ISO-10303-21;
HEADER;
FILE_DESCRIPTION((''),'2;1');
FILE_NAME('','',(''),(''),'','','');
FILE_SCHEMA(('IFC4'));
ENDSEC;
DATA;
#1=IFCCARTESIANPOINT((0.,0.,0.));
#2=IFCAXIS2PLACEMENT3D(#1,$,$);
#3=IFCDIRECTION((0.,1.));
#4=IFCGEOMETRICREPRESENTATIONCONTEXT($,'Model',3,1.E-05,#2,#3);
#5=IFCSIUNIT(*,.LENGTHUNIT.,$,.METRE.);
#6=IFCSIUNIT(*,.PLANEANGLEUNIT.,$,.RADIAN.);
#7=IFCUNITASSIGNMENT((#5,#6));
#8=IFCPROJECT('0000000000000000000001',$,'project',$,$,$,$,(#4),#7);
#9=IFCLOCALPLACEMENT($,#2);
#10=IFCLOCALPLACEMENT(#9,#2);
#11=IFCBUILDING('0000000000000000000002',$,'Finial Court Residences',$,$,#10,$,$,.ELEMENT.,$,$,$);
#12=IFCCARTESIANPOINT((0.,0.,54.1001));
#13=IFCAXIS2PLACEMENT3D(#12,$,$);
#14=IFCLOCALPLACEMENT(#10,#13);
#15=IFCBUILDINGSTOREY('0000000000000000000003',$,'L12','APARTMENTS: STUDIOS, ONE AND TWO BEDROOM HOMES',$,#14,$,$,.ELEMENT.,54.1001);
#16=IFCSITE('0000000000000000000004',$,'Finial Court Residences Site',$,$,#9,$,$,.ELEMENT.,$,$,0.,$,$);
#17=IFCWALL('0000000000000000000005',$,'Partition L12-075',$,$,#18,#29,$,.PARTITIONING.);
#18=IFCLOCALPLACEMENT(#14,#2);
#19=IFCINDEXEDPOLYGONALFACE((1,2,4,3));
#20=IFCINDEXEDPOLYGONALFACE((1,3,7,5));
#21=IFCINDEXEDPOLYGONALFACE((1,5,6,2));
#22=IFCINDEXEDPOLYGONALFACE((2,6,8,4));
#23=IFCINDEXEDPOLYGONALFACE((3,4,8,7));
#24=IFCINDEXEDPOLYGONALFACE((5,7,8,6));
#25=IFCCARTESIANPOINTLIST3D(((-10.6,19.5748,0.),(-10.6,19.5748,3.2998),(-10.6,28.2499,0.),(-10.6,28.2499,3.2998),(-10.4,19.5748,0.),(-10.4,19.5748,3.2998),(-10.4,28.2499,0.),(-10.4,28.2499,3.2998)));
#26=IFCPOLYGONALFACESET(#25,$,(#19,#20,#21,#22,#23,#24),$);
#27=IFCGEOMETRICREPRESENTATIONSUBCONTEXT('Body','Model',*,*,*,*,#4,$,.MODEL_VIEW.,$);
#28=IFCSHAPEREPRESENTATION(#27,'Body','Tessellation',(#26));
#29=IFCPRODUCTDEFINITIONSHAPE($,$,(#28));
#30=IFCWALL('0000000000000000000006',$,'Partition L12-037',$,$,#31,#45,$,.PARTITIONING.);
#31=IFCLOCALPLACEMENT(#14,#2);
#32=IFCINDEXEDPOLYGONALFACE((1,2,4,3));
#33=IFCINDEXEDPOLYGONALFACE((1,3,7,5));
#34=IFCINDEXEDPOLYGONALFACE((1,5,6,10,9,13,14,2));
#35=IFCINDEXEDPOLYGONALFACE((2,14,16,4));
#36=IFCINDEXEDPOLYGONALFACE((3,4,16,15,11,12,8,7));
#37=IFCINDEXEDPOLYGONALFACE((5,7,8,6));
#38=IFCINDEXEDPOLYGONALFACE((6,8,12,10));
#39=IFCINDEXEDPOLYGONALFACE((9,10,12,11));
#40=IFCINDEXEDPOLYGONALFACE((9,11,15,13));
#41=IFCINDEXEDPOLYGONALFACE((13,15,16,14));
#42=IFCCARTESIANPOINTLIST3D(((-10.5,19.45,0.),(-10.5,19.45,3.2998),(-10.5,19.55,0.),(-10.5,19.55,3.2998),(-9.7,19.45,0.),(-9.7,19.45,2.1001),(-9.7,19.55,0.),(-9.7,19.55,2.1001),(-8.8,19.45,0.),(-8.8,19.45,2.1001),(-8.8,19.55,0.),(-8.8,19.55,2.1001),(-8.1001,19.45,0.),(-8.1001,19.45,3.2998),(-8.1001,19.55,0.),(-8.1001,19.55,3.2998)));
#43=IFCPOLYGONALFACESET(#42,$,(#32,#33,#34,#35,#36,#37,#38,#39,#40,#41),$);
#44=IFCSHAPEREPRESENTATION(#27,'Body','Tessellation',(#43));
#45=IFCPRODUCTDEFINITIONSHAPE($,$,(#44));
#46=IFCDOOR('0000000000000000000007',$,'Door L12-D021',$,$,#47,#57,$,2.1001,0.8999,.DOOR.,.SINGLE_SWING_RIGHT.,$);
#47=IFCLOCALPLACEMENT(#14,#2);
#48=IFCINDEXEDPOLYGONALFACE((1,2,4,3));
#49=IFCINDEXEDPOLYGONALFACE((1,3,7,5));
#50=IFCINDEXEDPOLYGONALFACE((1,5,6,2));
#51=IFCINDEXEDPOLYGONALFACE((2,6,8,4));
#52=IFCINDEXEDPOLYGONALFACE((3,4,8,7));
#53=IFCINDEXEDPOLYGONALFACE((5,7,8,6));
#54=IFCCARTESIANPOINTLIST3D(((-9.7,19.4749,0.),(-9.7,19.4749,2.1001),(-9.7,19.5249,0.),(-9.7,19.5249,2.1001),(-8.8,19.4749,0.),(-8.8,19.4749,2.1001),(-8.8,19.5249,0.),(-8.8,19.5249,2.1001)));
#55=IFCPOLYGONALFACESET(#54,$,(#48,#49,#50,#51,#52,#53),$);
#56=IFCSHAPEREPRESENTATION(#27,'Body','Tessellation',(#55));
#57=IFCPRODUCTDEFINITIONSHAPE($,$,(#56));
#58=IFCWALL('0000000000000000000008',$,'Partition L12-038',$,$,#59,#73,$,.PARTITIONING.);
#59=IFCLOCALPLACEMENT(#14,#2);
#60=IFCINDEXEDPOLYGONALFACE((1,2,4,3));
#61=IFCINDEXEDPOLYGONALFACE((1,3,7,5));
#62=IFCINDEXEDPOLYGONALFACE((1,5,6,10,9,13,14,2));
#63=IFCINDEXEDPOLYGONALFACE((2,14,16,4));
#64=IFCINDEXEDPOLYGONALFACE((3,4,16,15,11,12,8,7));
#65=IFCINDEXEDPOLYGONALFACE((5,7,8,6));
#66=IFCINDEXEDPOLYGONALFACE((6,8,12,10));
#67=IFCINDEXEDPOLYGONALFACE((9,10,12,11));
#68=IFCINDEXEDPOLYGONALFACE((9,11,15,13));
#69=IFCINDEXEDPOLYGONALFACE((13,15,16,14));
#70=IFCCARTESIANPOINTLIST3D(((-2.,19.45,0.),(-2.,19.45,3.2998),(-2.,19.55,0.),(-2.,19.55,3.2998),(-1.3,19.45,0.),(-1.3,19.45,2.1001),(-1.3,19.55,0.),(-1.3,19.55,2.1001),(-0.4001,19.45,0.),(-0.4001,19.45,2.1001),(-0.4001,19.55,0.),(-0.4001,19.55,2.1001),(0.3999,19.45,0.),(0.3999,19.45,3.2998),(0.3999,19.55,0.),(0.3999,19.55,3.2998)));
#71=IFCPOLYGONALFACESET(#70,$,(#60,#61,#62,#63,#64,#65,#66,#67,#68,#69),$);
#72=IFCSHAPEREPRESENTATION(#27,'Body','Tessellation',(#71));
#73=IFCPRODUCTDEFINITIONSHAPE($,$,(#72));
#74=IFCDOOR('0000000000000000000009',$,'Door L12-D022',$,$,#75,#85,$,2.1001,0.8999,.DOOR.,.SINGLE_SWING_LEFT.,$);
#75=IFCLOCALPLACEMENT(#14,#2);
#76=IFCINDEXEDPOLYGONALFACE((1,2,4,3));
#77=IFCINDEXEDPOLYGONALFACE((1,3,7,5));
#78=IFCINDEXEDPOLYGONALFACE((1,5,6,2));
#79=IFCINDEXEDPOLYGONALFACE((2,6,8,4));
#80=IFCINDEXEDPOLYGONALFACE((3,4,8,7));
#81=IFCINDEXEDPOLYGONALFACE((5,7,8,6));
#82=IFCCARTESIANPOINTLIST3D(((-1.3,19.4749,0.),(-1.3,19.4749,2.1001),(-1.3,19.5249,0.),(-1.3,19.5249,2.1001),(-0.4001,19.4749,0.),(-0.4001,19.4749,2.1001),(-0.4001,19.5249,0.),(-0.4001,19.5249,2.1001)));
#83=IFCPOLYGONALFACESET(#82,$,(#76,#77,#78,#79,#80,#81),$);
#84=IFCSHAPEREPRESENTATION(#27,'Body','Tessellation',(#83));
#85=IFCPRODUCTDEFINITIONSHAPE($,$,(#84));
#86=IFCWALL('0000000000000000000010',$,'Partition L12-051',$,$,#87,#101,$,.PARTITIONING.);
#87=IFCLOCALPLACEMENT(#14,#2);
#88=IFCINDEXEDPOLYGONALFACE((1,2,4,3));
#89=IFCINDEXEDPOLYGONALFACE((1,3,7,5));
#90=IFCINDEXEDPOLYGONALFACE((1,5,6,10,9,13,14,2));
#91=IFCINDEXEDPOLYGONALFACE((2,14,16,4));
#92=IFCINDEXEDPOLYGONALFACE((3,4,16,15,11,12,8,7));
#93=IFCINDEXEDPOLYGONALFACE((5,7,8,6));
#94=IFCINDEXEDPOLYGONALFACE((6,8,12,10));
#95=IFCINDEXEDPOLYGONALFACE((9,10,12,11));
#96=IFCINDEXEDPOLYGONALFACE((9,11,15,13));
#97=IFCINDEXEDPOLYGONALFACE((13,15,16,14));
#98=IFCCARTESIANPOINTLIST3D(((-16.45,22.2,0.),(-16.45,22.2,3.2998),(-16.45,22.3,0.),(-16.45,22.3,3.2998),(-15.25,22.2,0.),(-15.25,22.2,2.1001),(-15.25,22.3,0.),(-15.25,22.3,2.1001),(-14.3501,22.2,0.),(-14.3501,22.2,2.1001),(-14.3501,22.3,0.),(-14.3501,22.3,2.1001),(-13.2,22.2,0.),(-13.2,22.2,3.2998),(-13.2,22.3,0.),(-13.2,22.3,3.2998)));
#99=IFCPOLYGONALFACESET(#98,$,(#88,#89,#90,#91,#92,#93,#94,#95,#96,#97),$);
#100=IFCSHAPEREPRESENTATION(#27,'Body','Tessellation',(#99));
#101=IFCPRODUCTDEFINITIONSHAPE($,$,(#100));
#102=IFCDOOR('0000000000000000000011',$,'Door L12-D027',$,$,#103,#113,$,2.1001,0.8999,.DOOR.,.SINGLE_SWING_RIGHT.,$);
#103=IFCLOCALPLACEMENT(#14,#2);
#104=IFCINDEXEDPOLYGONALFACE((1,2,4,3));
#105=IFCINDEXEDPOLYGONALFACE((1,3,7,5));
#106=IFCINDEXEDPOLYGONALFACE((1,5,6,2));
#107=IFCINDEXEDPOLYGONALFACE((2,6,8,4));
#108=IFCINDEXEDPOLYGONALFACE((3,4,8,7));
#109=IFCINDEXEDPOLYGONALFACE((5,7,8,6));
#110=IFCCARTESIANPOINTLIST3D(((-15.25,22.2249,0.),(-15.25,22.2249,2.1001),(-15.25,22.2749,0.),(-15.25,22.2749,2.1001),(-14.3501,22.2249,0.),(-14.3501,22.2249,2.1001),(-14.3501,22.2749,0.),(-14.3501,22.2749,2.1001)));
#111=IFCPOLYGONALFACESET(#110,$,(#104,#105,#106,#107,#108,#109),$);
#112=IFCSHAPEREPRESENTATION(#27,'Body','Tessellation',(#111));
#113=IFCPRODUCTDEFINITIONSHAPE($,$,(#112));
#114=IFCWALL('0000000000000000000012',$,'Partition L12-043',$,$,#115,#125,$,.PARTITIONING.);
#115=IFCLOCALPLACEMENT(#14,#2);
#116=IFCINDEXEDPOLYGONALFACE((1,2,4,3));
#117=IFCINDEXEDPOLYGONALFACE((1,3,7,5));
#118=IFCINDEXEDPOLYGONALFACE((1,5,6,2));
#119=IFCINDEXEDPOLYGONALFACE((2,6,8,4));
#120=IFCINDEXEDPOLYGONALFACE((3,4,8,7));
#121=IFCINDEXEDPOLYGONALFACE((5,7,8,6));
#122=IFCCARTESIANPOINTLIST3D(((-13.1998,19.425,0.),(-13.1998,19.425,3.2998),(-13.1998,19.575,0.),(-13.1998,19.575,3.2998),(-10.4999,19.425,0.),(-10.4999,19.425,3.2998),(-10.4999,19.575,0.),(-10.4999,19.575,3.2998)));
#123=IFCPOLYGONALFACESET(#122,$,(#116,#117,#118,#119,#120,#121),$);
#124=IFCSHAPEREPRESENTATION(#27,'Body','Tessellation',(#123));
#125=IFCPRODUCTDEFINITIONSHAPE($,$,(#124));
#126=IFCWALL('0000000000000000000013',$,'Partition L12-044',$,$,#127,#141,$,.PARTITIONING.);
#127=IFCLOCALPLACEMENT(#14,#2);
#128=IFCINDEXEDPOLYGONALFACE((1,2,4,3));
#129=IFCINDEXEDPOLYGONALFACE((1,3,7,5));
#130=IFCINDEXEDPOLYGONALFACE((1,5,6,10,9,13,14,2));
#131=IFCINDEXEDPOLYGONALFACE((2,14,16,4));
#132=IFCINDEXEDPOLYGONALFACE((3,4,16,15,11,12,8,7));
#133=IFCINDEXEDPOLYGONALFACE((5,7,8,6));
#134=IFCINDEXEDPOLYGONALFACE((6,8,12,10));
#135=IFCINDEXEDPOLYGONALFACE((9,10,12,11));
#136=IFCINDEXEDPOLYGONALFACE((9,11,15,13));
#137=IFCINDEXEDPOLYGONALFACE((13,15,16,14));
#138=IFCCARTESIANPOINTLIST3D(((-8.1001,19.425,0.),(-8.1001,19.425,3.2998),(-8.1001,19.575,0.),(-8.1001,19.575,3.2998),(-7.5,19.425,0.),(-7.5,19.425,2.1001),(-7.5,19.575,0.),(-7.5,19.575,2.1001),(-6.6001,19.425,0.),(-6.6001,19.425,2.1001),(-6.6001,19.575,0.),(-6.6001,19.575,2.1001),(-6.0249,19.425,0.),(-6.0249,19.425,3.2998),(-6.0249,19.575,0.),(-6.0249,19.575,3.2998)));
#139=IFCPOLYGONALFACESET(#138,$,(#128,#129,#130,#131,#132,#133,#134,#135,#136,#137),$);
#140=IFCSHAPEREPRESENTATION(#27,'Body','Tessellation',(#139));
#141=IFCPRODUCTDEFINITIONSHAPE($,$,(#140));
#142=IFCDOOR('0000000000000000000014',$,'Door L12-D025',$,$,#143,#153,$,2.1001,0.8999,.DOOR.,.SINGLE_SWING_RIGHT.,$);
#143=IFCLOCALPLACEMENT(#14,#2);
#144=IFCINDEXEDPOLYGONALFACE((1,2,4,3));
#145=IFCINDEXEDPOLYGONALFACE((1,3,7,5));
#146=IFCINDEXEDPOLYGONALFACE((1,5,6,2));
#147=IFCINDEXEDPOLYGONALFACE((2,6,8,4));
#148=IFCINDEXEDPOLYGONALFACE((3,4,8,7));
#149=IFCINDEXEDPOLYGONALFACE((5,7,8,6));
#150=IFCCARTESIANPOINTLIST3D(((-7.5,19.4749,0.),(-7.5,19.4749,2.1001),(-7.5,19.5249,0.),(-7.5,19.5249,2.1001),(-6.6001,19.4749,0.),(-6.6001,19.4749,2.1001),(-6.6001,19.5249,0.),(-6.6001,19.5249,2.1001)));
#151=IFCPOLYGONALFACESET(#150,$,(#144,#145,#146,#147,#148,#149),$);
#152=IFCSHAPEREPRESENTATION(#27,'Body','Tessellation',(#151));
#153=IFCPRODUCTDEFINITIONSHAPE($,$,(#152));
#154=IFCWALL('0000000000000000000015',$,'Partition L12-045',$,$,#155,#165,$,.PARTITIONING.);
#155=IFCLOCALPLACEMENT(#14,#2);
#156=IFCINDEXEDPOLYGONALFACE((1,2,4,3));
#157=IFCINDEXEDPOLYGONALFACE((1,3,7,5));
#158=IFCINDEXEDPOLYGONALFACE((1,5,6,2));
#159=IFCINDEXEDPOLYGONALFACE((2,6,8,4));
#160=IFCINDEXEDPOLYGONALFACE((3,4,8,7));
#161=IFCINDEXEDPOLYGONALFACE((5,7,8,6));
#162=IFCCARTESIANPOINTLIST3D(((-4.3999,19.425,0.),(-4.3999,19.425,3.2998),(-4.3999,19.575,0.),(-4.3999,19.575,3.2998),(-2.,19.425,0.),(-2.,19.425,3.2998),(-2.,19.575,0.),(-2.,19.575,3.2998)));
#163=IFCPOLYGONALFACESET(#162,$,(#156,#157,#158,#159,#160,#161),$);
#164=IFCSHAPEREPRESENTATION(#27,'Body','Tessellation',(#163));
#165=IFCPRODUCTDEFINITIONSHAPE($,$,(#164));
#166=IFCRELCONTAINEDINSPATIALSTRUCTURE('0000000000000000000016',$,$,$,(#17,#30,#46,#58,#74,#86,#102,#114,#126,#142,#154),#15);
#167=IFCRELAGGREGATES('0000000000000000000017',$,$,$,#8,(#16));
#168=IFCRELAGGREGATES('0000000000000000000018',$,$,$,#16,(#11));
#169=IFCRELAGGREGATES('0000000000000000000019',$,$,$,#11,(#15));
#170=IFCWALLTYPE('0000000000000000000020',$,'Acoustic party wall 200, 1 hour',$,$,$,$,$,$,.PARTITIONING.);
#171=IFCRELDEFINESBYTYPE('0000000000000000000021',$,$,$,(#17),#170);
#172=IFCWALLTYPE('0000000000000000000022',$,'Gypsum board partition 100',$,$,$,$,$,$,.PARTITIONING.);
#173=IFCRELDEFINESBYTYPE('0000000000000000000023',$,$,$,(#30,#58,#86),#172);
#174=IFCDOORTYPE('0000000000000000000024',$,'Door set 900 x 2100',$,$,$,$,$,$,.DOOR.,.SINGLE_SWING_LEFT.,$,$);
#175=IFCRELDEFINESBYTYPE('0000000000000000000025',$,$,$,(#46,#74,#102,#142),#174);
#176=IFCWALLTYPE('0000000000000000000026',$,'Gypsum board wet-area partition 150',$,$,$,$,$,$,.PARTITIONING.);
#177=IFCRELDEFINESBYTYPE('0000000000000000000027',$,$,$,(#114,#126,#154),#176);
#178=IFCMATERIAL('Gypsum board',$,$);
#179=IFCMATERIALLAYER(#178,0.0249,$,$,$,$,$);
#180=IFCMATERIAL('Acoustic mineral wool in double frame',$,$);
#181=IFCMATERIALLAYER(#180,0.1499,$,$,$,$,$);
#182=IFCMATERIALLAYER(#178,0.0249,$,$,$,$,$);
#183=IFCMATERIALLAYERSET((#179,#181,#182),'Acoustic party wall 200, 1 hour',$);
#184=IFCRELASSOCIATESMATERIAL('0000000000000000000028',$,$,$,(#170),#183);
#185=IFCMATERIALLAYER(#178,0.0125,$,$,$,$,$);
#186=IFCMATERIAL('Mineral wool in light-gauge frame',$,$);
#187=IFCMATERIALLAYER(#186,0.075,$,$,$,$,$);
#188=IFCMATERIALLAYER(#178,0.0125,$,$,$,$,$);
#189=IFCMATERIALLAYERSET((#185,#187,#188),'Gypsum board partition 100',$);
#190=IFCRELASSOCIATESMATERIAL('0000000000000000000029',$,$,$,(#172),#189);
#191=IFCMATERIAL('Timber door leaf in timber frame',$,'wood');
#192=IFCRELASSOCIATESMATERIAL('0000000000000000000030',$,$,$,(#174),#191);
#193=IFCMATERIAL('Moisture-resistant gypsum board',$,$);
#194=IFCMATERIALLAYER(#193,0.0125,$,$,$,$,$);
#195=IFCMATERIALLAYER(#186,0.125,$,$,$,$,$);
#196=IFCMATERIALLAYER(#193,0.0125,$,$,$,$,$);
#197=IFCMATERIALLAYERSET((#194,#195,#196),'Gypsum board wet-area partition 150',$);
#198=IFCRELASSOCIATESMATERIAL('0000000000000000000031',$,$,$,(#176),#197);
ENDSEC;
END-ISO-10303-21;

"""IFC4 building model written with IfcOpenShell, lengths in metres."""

from ifc_helpers import new_model, si_unit, direction, frame, frame_2d, origin, place, context, subcontext, project, spatial, rectangle, extrude, material, layer, layer_set, type_object, element, fill, save


model = new_model("IFC4")

# Units and contexts
model_context = context("Model", 3, precision=1e-05, world=origin(), true_north=direction((0.0, 1.0)))
body_context = subcontext(model_context, "Body", "Model", "MODEL_VIEW")
ifc_project = project(units=[si_unit("LENGTHUNIT", "METRE"), si_unit("PLANEANGLEUNIT", "RADIAN")], contexts=[model_context])

# Site, building, storey
site_placement = place(None, origin())
site = spatial("IfcSite", under=ifc_project, at=site_placement, Name="Finial Court Residences Site", CompositionType="ELEMENT", RefElevation=0.0)
building_placement = place(site_placement, origin())
building = spatial("IfcBuilding", under=site, at=building_placement, Name="Finial Court Residences", CompositionType="ELEMENT")
storey_placement = place(building_placement, frame((0.0, 0.0, 54.1001)))
storey = spatial("IfcBuildingStorey", under=building, at=storey_placement, Name="L12", Description="APARTMENTS: STUDIOS, ONE AND TWO BEDROOM HOMES", CompositionType="ELEMENT", Elevation=54.1001)

# Wall
ifc_material_1 = material(Name="Gypsum board")
ifc_layer_1 = layer(ifc_material_1, 0.0249)
ifc_material_2 = material(Name="Acoustic mineral wool in double frame")
ifc_layer_2 = layer(ifc_material_2, 0.1499)
ifc_layer_3 = layer(ifc_material_1, 0.0249)
ifc_layer_set_1 = layer_set([ifc_layer_1, ifc_layer_2, ifc_layer_3], Name="Acoustic party wall 200, 1 hour")
wall_type_1 = type_object("IfcWallType", Name="Acoustic party wall 200, 1 hour", PredefinedType="PARTITIONING", material=ifc_layer_set_1)
wall_1_placement = place(storey_placement, frame((-10.5, 19.575, 0.0), z_axis=(0.0, 0.0, 1.0), x_axis=(0.0, 1.0, 0.0)))
element("IfcWall", 1, at=wall_1_placement, inside=storey, type_object=wall_type_1, Name="Partition L12-075", PredefinedType="PARTITIONING", context=body_context, shape_type="SweptSolid", body=[
    extrude(rectangle(XDim=8.675, YDim=0.2, at=frame_2d((4.3374, 0.0))), origin(), (0.0, 0.0, 1.0), 3.2998),
])

# Walls, openings, doors
ifc_layer_4 = layer(ifc_material_1, 0.0125)
ifc_material_3 = material(Name="Mineral wool in light-gauge frame")
ifc_layer_5 = layer(ifc_material_3, 0.075)
ifc_layer_6 = layer(ifc_material_1, 0.0125)
ifc_layer_set_2 = layer_set([ifc_layer_4, ifc_layer_5, ifc_layer_6], Name="Gypsum board partition 100")
wall_type_2 = type_object("IfcWallType", Name="Gypsum board partition 100", PredefinedType="PARTITIONING", material=ifc_layer_set_2)
wall_2_placement = place(storey_placement, frame((-10.5, 19.5, 0.0), z_axis=(0.0, 0.0, 1.0), x_axis=(1.0, 0.0, 0.0)))
wall_2 = element("IfcWall", 2, at=wall_2_placement, inside=storey, type_object=wall_type_2, Name="Partition L12-037", PredefinedType="PARTITIONING", context=body_context, shape_type="SweptSolid", body=[
    extrude(rectangle(XDim=2.3999, YDim=0.1001, at=frame_2d((1.2, 0.0))), origin(), (0.0, 0.0, 1.0), 3.2998),
])
opening_1_placement = place(wall_2_placement, frame((0.8, 0.0, 0.0)))
opening_1 = element("IfcOpeningElement", 3, at=opening_1_placement, cuts=wall_2, PredefinedType="OPENING", context=body_context, shape_type="SweptSolid", body=[
    extrude(rectangle(XDim=0.8999, YDim=2.1001, at=frame_2d((0.45, 1.05))), frame((0.0, 0.0601, 0.0), z_axis=(0.0, -1.0, 0.0), x_axis=(1.0, 0.0, 0.0)), (0.0, 0.0, 1.0), 0.1201),
])
ifc_material_4 = material(Name="Timber door leaf in timber frame", Category="wood")
door_type = type_object("IfcDoorType", Name="Door set 900 x 2100", OperationType="SINGLE_SWING_LEFT", PredefinedType="DOOR", material=ifc_material_4)
door_1_placement = place(opening_1_placement, origin())
door_1 = element("IfcDoor", 4, at=door_1_placement, inside=storey, type_object=door_type, Name="Door L12-D021", OperationType="SINGLE_SWING_RIGHT", OverallHeight=2.1001, OverallWidth=0.8999, PredefinedType="DOOR", context=body_context, shape_type="SweptSolid", body=[
    extrude(rectangle(XDim=0.8999, YDim=2.1001, at=frame_2d((0.45, 1.05))), frame((0.0, 0.0249, 0.0), z_axis=(0.0, -1.0, 0.0), x_axis=(1.0, 0.0, 0.0)), (0.0, 0.0, 1.0), 0.05),
])
fill(opening_1, door_1)
wall_3_placement = place(storey_placement, frame((-2.0, 19.5, 0.0), z_axis=(0.0, 0.0, 1.0), x_axis=(1.0, 0.0, 0.0)))
wall_3 = element("IfcWall", 5, at=wall_3_placement, inside=storey, type_object=wall_type_2, Name="Partition L12-038", PredefinedType="PARTITIONING", context=body_context, shape_type="SweptSolid", body=[
    extrude(rectangle(XDim=2.3999, YDim=0.1001, at=frame_2d((1.2, 0.0))), origin(), (0.0, 0.0, 1.0), 3.2998),
])
opening_2_placement = place(wall_3_placement, frame((0.7, 0.0, 0.0)))
opening_2 = element("IfcOpeningElement", 6, at=opening_2_placement, cuts=wall_3, PredefinedType="OPENING", context=body_context, shape_type="SweptSolid", body=[
    extrude(rectangle(XDim=0.8999, YDim=2.1001, at=frame_2d((0.45, 1.05))), frame((0.0, 0.0601, 0.0), z_axis=(0.0, -1.0, 0.0), x_axis=(1.0, 0.0, 0.0)), (0.0, 0.0, 1.0), 0.1201),
])
door_2_placement = place(opening_2_placement, origin())
door_2 = element("IfcDoor", 7, at=door_2_placement, inside=storey, type_object=door_type, Name="Door L12-D022", OperationType="SINGLE_SWING_LEFT", OverallHeight=2.1001, OverallWidth=0.8999, PredefinedType="DOOR", context=body_context, shape_type="SweptSolid", body=[
    extrude(rectangle(XDim=0.8999, YDim=2.1001, at=frame_2d((0.45, 1.05))), frame((0.0, 0.0249, 0.0), z_axis=(0.0, -1.0, 0.0), x_axis=(1.0, 0.0, 0.0)), (0.0, 0.0, 1.0), 0.05),
])
fill(opening_2, door_2)
wall_4_placement = place(storey_placement, frame((-16.45, 22.25, 0.0), z_axis=(0.0, 0.0, 1.0), x_axis=(1.0, 0.0, 0.0)))
wall_4 = element("IfcWall", 8, at=wall_4_placement, inside=storey, type_object=wall_type_2, Name="Partition L12-051", PredefinedType="PARTITIONING", context=body_context, shape_type="SweptSolid", body=[
    extrude(rectangle(XDim=3.25, YDim=0.1001, at=frame_2d((1.625, 0.0))), origin(), (0.0, 0.0, 1.0), 3.2998),
])
opening_3_placement = place(wall_4_placement, frame((1.2, 0.0, 0.0)))
opening_3 = element("IfcOpeningElement", 9, at=opening_3_placement, cuts=wall_4, PredefinedType="OPENING", context=body_context, shape_type="SweptSolid", body=[
    extrude(rectangle(XDim=0.8999, YDim=2.1001, at=frame_2d((0.45, 1.05))), frame((0.0, 0.0601, 0.0), z_axis=(0.0, -1.0, 0.0), x_axis=(1.0, 0.0, 0.0)), (0.0, 0.0, 1.0), 0.1201),
])
door_3_placement = place(opening_3_placement, origin())
door_3 = element("IfcDoor", 10, at=door_3_placement, inside=storey, type_object=door_type, Name="Door L12-D027", OperationType="SINGLE_SWING_RIGHT", OverallHeight=2.1001, OverallWidth=0.8999, PredefinedType="DOOR", context=body_context, shape_type="SweptSolid", body=[
    extrude(rectangle(XDim=0.8999, YDim=2.1001, at=frame_2d((0.45, 1.05))), frame((0.0, 0.0249, 0.0), z_axis=(0.0, -1.0, 0.0), x_axis=(1.0, 0.0, 0.0)), (0.0, 0.0, 1.0), 0.05),
])
fill(opening_3, door_3)

# Wall
ifc_material_5 = material(Name="Moisture-resistant gypsum board")
ifc_layer_7 = layer(ifc_material_5, 0.0125)
ifc_layer_8 = layer(ifc_material_3, 0.125)
ifc_layer_9 = layer(ifc_material_5, 0.0125)
ifc_layer_set_3 = layer_set([ifc_layer_7, ifc_layer_8, ifc_layer_9], Name="Gypsum board wet-area partition 150")
wall_type_3 = type_object("IfcWallType", Name="Gypsum board wet-area partition 150", PredefinedType="PARTITIONING", material=ifc_layer_set_3)
wall_5_placement = place(storey_placement, frame((-13.2, 19.5, 0.0), z_axis=(0.0, 0.0, 1.0), x_axis=(1.0, 0.0, 0.0)))
element("IfcWall", 11, at=wall_5_placement, inside=storey, type_object=wall_type_3, Name="Partition L12-043", PredefinedType="PARTITIONING", context=body_context, shape_type="SweptSolid", body=[
    extrude(rectangle(XDim=2.7, YDim=0.1499, at=frame_2d((1.3501, 0.0))), origin(), (0.0, 0.0, 1.0), 3.2998),
])

# Wall, opening, door
wall_6_placement = place(storey_placement, frame((-8.1001, 19.5, 0.0), z_axis=(0.0, 0.0, 1.0), x_axis=(1.0, 0.0, 0.0)))
wall_6 = element("IfcWall", 12, at=wall_6_placement, inside=storey, type_object=wall_type_3, Name="Partition L12-044", PredefinedType="PARTITIONING", context=body_context, shape_type="SweptSolid", body=[
    extrude(rectangle(XDim=2.0752, YDim=0.1499, at=frame_2d((1.0376, 0.0))), origin(), (0.0, 0.0, 1.0), 3.2998),
])
opening_4_placement = place(wall_6_placement, frame((0.6001, 0.0, 0.0)))
opening_4 = element("IfcOpeningElement", 13, at=opening_4_placement, cuts=wall_6, PredefinedType="OPENING", context=body_context, shape_type="SweptSolid", body=[
    extrude(rectangle(XDim=0.8999, YDim=2.1001, at=frame_2d((0.45, 1.05))), frame((0.0, 0.085, 0.0), z_axis=(0.0, -1.0, 0.0), x_axis=(1.0, 0.0, 0.0)), (0.0, 0.0, 1.0), 0.1699),
])
door_4_placement = place(opening_4_placement, origin())
door_4 = element("IfcDoor", 14, at=door_4_placement, inside=storey, type_object=door_type, Name="Door L12-D025", OperationType="SINGLE_SWING_RIGHT", OverallHeight=2.1001, OverallWidth=0.8999, PredefinedType="DOOR", context=body_context, shape_type="SweptSolid", body=[
    extrude(rectangle(XDim=0.8999, YDim=2.1001, at=frame_2d((0.45, 1.05))), frame((0.0, 0.0249, 0.0), z_axis=(0.0, -1.0, 0.0), x_axis=(1.0, 0.0, 0.0)), (0.0, 0.0, 1.0), 0.05),
])
fill(opening_4, door_4)

# Wall
wall_7_placement = place(storey_placement, frame((-4.3999, 19.5, 0.0), z_axis=(0.0, 0.0, 1.0), x_axis=(1.0, 0.0, 0.0)))
element("IfcWall", 15, at=wall_7_placement, inside=storey, type_object=wall_type_3, Name="Partition L12-045", PredefinedType="PARTITIONING", context=body_context, shape_type="SweptSolid", body=[
    extrude(rectangle(XDim=2.3999, YDim=0.1499, at=frame_2d((1.2, 0.0))), origin(), (0.0, 0.0, 1.0), 3.2998),
])

save(model, "model.ifc")
